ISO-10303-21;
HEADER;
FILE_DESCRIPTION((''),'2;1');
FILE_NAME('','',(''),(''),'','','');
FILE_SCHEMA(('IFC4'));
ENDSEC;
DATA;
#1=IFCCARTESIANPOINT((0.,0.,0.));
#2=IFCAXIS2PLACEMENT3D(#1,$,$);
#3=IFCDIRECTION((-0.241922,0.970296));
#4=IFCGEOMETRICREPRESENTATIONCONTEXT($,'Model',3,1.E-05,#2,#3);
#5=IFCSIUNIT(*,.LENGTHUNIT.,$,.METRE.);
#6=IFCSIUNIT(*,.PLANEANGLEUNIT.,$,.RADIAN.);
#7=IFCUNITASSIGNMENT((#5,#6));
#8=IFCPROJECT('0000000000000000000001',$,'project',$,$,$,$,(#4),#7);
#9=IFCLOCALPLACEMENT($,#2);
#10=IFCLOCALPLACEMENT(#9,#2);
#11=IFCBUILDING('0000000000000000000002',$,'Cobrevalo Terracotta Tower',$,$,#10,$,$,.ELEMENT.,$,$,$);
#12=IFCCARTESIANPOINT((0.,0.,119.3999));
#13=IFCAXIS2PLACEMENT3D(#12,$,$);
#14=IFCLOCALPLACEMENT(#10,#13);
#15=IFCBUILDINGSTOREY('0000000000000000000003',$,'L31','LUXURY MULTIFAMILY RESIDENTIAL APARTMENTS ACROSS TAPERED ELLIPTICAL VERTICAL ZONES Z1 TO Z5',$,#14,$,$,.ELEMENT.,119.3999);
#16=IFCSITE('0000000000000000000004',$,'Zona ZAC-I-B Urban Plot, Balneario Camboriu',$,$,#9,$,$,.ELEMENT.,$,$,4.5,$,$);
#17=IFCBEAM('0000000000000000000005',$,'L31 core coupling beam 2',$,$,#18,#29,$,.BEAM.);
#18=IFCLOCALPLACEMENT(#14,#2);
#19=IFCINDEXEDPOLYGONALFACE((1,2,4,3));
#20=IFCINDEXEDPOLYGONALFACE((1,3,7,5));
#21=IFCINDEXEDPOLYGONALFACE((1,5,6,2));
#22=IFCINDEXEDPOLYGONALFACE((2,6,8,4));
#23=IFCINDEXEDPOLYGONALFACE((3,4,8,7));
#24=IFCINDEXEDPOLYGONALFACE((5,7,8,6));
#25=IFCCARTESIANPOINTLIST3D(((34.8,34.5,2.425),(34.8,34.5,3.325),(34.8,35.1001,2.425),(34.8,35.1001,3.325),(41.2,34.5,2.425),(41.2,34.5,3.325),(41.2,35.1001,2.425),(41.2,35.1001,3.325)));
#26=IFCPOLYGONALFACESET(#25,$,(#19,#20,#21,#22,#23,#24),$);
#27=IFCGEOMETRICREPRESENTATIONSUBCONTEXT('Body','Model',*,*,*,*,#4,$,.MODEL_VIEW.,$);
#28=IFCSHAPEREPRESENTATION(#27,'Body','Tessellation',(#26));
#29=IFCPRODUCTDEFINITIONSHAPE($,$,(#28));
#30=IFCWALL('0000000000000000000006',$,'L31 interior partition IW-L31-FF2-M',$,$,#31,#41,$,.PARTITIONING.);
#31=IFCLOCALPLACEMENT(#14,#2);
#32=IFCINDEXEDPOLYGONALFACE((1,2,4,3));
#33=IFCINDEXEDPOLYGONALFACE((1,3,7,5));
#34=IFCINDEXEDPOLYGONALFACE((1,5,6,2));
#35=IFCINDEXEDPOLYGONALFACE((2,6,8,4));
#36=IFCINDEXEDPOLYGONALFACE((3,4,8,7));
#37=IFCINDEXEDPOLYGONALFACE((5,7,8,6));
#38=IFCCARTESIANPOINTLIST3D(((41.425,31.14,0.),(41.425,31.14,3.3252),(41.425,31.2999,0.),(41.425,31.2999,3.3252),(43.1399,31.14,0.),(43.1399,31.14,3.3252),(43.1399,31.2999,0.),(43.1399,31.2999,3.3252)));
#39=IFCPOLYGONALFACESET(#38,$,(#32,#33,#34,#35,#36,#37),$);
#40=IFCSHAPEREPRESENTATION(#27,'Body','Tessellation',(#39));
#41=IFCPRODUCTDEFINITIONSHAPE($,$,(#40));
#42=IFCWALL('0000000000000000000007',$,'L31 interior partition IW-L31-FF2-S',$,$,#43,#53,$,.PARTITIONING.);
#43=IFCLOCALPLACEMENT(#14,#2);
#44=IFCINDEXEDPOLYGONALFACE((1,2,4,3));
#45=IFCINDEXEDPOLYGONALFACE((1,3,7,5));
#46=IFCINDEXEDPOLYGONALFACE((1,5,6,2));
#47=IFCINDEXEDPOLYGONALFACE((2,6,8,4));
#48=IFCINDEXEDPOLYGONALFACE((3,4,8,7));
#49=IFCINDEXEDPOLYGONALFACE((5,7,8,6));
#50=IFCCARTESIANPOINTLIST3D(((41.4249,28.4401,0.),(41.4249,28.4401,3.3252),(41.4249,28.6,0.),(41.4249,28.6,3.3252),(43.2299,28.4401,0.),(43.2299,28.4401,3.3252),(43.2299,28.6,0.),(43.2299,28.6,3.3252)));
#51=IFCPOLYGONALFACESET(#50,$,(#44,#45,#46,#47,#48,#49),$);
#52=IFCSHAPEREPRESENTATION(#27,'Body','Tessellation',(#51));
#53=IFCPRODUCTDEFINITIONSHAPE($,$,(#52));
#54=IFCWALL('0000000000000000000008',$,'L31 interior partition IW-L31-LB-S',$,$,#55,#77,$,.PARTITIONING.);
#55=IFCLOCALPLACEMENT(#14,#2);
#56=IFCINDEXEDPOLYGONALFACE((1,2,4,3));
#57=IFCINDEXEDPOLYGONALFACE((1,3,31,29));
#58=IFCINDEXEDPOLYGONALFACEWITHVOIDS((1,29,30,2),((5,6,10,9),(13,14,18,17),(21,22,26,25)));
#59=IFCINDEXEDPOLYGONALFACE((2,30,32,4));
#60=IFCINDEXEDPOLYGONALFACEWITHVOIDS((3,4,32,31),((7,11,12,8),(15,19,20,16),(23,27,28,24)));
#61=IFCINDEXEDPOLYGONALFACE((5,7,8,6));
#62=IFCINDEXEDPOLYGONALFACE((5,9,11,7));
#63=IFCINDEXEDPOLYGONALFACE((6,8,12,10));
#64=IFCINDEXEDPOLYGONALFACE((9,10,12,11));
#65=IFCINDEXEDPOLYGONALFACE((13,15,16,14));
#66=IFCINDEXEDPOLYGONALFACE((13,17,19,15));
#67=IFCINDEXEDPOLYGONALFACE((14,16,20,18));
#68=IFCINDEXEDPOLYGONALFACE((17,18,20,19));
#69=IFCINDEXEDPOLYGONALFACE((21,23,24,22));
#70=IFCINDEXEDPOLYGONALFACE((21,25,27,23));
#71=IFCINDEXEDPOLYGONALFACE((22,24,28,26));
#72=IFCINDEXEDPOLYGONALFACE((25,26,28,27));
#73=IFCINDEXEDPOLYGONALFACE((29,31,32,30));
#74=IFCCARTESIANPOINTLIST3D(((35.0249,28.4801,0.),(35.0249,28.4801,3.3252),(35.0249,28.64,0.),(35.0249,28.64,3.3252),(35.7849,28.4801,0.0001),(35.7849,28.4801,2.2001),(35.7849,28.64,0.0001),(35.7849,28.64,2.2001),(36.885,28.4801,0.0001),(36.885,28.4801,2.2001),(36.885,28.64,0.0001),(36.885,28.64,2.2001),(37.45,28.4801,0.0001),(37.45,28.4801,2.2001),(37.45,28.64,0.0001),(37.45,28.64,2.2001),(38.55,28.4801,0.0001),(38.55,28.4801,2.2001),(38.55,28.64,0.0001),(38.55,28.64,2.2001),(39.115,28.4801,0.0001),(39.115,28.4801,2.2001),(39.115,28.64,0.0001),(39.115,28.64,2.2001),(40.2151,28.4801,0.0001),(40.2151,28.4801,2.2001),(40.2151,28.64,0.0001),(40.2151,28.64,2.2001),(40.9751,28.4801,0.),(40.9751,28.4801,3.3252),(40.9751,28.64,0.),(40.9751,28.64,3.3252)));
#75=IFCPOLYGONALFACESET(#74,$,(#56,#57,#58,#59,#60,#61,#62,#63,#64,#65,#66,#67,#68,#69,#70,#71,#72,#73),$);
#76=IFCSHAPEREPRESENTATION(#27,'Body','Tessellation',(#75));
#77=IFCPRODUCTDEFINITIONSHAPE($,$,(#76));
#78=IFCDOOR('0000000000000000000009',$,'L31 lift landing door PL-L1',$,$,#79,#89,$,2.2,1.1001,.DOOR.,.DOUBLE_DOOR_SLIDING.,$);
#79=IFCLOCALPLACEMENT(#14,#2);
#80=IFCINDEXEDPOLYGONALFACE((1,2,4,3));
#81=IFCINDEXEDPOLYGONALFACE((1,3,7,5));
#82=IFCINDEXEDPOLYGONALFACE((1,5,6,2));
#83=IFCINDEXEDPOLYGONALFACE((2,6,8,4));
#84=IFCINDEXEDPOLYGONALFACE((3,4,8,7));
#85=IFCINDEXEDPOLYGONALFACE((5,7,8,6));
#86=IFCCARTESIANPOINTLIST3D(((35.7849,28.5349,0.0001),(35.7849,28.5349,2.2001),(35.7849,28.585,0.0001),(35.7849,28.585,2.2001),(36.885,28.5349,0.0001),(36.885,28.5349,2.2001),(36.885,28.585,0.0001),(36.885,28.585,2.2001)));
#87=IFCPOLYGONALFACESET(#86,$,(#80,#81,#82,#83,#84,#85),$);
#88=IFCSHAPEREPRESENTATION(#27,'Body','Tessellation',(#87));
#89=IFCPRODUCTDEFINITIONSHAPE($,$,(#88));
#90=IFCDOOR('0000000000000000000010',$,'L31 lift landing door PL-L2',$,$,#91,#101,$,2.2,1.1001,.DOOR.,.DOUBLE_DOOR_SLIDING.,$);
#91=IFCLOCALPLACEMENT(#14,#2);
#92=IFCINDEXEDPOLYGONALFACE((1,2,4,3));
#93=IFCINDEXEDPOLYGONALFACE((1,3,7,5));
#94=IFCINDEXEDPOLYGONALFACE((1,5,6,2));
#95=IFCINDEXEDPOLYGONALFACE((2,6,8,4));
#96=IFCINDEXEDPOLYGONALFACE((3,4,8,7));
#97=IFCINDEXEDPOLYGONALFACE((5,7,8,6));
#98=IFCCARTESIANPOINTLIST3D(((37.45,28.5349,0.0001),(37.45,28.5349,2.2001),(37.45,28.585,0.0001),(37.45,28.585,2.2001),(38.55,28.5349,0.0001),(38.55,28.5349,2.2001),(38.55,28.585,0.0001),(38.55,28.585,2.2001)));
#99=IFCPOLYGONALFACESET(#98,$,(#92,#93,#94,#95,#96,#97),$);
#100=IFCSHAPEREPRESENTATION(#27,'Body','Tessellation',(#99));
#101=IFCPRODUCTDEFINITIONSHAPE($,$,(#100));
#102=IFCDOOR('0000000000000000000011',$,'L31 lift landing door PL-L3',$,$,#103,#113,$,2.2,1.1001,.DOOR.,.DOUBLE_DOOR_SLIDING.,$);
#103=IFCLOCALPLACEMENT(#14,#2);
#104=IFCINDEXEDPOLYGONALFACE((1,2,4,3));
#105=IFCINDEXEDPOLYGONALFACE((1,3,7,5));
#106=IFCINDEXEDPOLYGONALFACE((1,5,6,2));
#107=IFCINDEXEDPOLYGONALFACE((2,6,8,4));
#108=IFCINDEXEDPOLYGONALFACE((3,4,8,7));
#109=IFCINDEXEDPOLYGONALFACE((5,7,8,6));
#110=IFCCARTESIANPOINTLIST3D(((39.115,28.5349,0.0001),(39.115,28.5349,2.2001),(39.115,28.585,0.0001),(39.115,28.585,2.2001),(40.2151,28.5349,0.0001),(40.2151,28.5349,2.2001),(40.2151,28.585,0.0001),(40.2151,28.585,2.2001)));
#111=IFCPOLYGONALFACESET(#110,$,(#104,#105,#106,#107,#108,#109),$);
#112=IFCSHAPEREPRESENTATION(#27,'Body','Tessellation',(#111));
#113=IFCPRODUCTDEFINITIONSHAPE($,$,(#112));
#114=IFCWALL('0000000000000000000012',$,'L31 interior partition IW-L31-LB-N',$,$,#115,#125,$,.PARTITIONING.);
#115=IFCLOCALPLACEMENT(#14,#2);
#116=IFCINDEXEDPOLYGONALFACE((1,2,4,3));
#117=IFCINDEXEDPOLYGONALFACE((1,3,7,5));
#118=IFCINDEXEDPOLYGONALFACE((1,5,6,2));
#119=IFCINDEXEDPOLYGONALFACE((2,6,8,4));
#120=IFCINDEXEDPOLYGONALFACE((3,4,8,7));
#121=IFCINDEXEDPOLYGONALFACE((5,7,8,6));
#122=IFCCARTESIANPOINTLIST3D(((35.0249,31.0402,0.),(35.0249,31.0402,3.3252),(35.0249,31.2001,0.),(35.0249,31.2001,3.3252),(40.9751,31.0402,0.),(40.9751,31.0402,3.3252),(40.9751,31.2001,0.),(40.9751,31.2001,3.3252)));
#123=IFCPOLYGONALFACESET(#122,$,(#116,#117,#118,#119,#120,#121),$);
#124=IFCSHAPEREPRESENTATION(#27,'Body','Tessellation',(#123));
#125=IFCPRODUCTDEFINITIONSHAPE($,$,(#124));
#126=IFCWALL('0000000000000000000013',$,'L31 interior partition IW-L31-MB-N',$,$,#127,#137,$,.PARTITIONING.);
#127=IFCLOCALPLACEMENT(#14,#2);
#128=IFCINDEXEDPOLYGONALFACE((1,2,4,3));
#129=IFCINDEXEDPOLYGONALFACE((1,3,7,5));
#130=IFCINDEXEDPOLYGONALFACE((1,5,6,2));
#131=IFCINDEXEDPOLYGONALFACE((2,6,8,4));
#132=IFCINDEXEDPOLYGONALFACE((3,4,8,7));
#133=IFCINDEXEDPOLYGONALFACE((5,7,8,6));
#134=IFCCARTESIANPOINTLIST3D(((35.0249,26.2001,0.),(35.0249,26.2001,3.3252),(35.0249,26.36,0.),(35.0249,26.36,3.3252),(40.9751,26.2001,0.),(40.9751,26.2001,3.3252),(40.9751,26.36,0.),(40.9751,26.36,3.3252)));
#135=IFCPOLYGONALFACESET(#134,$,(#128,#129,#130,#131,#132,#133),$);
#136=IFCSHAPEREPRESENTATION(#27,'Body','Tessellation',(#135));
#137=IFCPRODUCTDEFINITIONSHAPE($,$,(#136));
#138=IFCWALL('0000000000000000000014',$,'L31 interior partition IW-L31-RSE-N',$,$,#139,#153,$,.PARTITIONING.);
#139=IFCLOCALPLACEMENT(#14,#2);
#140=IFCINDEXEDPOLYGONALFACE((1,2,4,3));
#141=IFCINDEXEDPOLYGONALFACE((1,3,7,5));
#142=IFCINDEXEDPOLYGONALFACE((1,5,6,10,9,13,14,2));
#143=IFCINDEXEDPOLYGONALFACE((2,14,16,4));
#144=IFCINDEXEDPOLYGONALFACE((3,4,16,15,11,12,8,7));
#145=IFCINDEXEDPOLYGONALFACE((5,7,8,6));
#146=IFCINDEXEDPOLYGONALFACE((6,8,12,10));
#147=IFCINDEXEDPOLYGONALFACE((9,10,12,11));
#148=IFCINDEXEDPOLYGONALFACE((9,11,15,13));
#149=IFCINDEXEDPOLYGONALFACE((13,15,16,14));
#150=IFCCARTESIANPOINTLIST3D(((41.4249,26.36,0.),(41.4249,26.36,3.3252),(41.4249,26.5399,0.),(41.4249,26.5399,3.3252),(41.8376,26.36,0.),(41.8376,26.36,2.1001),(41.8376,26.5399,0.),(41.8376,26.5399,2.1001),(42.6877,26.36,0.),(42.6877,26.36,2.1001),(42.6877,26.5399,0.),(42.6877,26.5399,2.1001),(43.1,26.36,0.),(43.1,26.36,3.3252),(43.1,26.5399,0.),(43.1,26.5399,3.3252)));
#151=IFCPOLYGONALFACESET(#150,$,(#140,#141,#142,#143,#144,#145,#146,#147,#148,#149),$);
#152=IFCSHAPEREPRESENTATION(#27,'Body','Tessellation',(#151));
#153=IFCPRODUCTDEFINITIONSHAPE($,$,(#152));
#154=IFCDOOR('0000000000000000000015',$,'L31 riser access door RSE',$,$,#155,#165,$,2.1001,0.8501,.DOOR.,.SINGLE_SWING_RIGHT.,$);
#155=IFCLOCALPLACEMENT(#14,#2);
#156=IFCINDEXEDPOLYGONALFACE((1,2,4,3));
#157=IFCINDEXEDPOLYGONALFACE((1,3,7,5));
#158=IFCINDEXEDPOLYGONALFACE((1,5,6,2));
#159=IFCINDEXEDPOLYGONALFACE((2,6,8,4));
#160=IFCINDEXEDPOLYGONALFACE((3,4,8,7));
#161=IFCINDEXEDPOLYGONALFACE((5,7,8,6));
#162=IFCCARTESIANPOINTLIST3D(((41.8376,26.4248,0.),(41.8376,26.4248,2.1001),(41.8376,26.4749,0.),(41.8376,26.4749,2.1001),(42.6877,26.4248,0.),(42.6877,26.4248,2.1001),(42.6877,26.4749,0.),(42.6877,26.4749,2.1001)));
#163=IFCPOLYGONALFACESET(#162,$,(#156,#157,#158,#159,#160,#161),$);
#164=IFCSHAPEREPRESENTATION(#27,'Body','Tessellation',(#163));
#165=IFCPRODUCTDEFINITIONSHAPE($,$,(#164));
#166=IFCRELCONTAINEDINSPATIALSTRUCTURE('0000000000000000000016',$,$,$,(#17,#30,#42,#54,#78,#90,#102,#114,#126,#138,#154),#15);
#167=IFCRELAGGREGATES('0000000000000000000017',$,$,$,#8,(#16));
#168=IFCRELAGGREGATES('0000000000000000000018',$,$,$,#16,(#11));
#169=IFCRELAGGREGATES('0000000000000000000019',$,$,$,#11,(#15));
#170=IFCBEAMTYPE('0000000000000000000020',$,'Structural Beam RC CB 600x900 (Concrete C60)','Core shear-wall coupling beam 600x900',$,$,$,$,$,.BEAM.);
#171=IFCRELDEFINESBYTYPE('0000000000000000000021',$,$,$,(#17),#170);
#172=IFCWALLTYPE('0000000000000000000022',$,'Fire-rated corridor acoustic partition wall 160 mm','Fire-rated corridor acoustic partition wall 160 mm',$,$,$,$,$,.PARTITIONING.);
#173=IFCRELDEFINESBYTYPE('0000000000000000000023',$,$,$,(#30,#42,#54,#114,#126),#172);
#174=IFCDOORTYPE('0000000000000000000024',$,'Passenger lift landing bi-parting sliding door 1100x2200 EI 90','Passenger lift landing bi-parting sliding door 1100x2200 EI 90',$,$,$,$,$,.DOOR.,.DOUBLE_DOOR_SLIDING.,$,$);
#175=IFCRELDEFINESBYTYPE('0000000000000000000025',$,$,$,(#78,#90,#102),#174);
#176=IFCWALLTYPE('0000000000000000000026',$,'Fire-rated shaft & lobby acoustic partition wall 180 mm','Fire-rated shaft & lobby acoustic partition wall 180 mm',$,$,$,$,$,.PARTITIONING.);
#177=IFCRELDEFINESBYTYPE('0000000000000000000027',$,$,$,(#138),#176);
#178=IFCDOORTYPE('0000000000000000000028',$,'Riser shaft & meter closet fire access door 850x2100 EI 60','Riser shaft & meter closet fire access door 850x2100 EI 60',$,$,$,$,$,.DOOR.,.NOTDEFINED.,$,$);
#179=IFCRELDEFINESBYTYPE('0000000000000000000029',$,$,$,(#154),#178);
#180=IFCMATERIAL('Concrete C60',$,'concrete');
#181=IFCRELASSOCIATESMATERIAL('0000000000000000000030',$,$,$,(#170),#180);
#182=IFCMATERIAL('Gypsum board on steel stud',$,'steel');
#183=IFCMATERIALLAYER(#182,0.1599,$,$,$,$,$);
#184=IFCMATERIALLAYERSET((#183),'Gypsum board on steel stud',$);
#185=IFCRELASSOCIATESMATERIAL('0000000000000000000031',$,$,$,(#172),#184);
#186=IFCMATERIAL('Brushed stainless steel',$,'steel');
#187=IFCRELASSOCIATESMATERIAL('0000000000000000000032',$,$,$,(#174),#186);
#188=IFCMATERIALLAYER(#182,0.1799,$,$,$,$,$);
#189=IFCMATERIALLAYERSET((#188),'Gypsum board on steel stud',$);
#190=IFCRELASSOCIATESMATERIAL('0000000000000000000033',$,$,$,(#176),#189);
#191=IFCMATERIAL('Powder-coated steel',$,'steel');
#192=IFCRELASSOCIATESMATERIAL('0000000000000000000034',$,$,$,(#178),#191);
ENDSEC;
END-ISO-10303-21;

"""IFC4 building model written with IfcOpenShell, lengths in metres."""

from ifc_helpers import new_model, si_unit, direction, frame, frame_2d, origin, origin_2d, place, context, subcontext, project, spatial, rectangle, extrude, source, transform, mapped, material, layer, layer_set, material_profile, profile_set, type_object, element, fill, save


model = new_model("IFC4")

# Units and contexts
model_context = context("Model", 3, precision=1e-05, world=origin(), true_north=direction((-0.241922, 0.970296)))
body_context = subcontext(model_context, "Body", "Model", "MODEL_VIEW")
ifc_project = project(units=[si_unit("LENGTHUNIT", "METRE"), si_unit("PLANEANGLEUNIT", "RADIAN")], contexts=[model_context])

# Site, building, storey
site_placement = place(None, origin())
site = spatial("IfcSite", under=ifc_project, at=site_placement, Name="Zona ZAC-I-B Urban Plot, Balneario Camboriu", CompositionType="ELEMENT", RefElevation=4.5)
building_placement = place(site_placement, origin())
building = spatial("IfcBuilding", under=site, at=building_placement, Name="Cobrevalo Terracotta Tower", CompositionType="ELEMENT")
storey_placement = place(building_placement, frame((0.0, 0.0, 119.3999)))
storey = spatial("IfcBuildingStorey", under=building, at=storey_placement, Name="L31", Description="LUXURY MULTIFAMILY RESIDENTIAL APARTMENTS ACROSS TAPERED ELLIPTICAL VERTICAL ZONES Z1 TO Z5", CompositionType="ELEMENT", Elevation=119.3999)

# Beam
ifc_material_1 = material(Name="Concrete C60", Category="concrete")
ifc_material_profile = material_profile(ifc_material_1, rectangle(XDim=0.6001, YDim=0.8999, at=origin_2d()), Name="RC CB 600x900")
ifc_profile_set = profile_set([ifc_material_profile], Name="Concrete C60")
beam_type = type_object("IfcBeamType", Name="Structural Beam RC CB 600x900 (Concrete C60)", Description="Core shear-wall coupling beam 600x900", PredefinedType="BEAM", material=ifc_profile_set)
beam_placement = place(storey_placement, frame((34.8, 34.8, 2.875), z_axis=(1.0, 0.0, 0.0), x_axis=(0.0, 1.0, 0.0)))
element("IfcBeam", 1, at=beam_placement, inside=storey, type_object=beam_type, Name="L31 core coupling beam 2", PredefinedType="BEAM", context=body_context, shape_type="SweptSolid", body=[
    extrude(rectangle(XDim=0.6001, YDim=0.8999, at=origin_2d()), origin(), (0.0, 0.0, 1.0), 6.3999),
])

# Walls
ifc_material_2 = material(Name="Gypsum board on steel stud", Category="steel")
ifc_layer_1 = layer(ifc_material_2, 0.1599)
ifc_layer_set_1 = layer_set([ifc_layer_1], Name="Gypsum board on steel stud")
wall_type_1 = type_object("IfcWallType", Name="Fire-rated corridor acoustic partition wall 160 mm", Description="Fire-rated corridor acoustic partition wall 160 mm", PredefinedType="PARTITIONING", material=ifc_layer_set_1)
wall_1_placement = place(storey_placement, frame((41.425, 31.22, 0.0), z_axis=(0.0, 0.0, 1.0), x_axis=(1.0, 0.0, 0.0)))
element("IfcWall", 2, at=wall_1_placement, inside=storey, type_object=wall_type_1, Name="L31 interior partition IW-L31-FF2-M", PredefinedType="PARTITIONING", context=body_context, shape_type="SweptSolid", body=[
    extrude(rectangle(XDim=1.7148, YDim=0.1599, at=frame_2d((0.8574, 0.0))), origin(), (0.0, 0.0, 1.0), 3.3252),
])
wall_2_placement = place(storey_placement, frame((41.425, 28.52, 0.0), z_axis=(0.0, 0.0, 1.0), x_axis=(1.0, 0.0, 0.0)))
element("IfcWall", 3, at=wall_2_placement, inside=storey, type_object=wall_type_1, Name="L31 interior partition IW-L31-FF2-S", PredefinedType="PARTITIONING", context=body_context, shape_type="SweptSolid", body=[
    extrude(rectangle(XDim=1.8049, YDim=0.1599, at=frame_2d((0.9023, 0.0))), origin(), (0.0, 0.0, 1.0), 3.3252),
])

# Wall, openings, doors
wall_3_placement = place(storey_placement, frame((35.0249, 28.5601, 0.0), z_axis=(0.0, 0.0, 1.0), x_axis=(1.0, 0.0, 0.0)))
wall_3 = element("IfcWall", 4, at=wall_3_placement, inside=storey, type_object=wall_type_1, Name="L31 interior partition IW-L31-LB-S", PredefinedType="PARTITIONING", context=body_context, shape_type="SweptSolid", body=[
    extrude(rectangle(XDim=5.9502, YDim=0.1599, at=frame_2d((2.9751, 0.0))), origin(), (0.0, 0.0, 1.0), 3.3252),
])
opening_1_placement = place(wall_3_placement, frame((0.76, 0.0, 0.0)))
opening_1 = element("IfcOpeningElement", 5, at=opening_1_placement, cuts=wall_3, PredefinedType="OPENING", context=body_context, shape_type="SweptSolid", body=[
    extrude(rectangle(XDim=1.1001, YDim=2.2, at=frame_2d((0.55, 1.1001))), frame((0.0, 0.0898, 0.0), z_axis=(0.0, -1.0, 0.0), x_axis=(1.0, 0.0, 0.0)), (0.0, 0.0, 1.0), 0.1799),
])
opening_2_placement = place(wall_3_placement, frame((2.425, 0.0, 0.0)))
opening_2 = element("IfcOpeningElement", 6, at=opening_2_placement, cuts=wall_3, PredefinedType="OPENING", context=body_context, shape_type="SweptSolid", body=[
    extrude(rectangle(XDim=1.1001, YDim=2.2, at=frame_2d((0.55, 1.1001))), frame((0.0, 0.0898, 0.0), z_axis=(0.0, -1.0, 0.0), x_axis=(1.0, 0.0, 0.0)), (0.0, 0.0, 1.0), 0.1799),
])
opening_3_placement = place(wall_3_placement, frame((4.0901, 0.0, 0.0)))
opening_3 = element("IfcOpeningElement", 7, at=opening_3_placement, cuts=wall_3, PredefinedType="OPENING", context=body_context, shape_type="SweptSolid", body=[
    extrude(rectangle(XDim=1.1001, YDim=2.2, at=frame_2d((0.55, 1.1001))), frame((0.0, 0.0898, 0.0), z_axis=(0.0, -1.0, 0.0), x_axis=(1.0, 0.0, 0.0)), (0.0, 0.0, 1.0), 0.1799),
])
ifc_material_3 = material(Name="Brushed stainless steel", Category="steel")
door_type_1 = type_object("IfcDoorType", Name="Passenger lift landing bi-parting sliding door 1100x2200 EI 90", Description="Passenger lift landing bi-parting sliding door 1100x2200 EI 90", OperationType="DOUBLE_DOOR_SLIDING", PredefinedType="DOOR", material=ifc_material_3)
shared_shape_1 = source(origin(), body_context, "Body", "SweptSolid", [
    extrude(rectangle(XDim=1.1001, YDim=2.2, at=frame_2d((0.55, 1.1001))), frame((0.0, 0.0249, 0.0), z_axis=(0.0, -1.0, 0.0), x_axis=(1.0, 0.0, 0.0)), (0.0, 0.0, 1.0), 0.05),
])
door_1_placement = place(opening_1_placement, origin())
door_1 = element("IfcDoor", 8, at=door_1_placement, inside=storey, type_object=door_type_1, Name="L31 lift landing door PL-L1", OperationType="DOUBLE_DOOR_SLIDING", OverallHeight=2.2, OverallWidth=1.1001, PredefinedType="DOOR", context=body_context, shape_type="MappedRepresentation", body=[
    mapped(shared_shape_1, transform((0.0, 0.0, 0.0), scale=1.0)),
])
fill(opening_1, door_1)
door_2_placement = place(opening_2_placement, origin())
door_2 = element("IfcDoor", 9, at=door_2_placement, inside=storey, type_object=door_type_1, Name="L31 lift landing door PL-L2", OperationType="DOUBLE_DOOR_SLIDING", OverallHeight=2.2, OverallWidth=1.1001, PredefinedType="DOOR", context=body_context, shape_type="MappedRepresentation", body=[
    mapped(shared_shape_1, transform((0.0, 0.0, 0.0), scale=1.0)),
])
fill(opening_2, door_2)
door_3_placement = place(opening_3_placement, origin())
door_3 = element("IfcDoor", 10, at=door_3_placement, inside=storey, type_object=door_type_1, Name="L31 lift landing door PL-L3", OperationType="DOUBLE_DOOR_SLIDING", OverallHeight=2.2, OverallWidth=1.1001, PredefinedType="DOOR", context=body_context, shape_type="MappedRepresentation", body=[
    mapped(shared_shape_1, transform((0.0, 0.0, 0.0), scale=1.0)),
])
fill(opening_3, door_3)

# Walls
for number, where, z_axis, x_axis, name in (
    (11, (35.0249, 31.1201, 0.0), (0.0, 0.0, 1.0), (1.0, 0.0, 0.0), "L31 interior partition IW-L31-LB-N"),
    (12, (35.0249, 26.28, 0.0), (0.0, 0.0, 1.0), (1.0, 0.0, 0.0), "L31 interior partition IW-L31-MB-N"),
):
    element("IfcWall", number, at=place(storey_placement, frame(where, z_axis=z_axis, x_axis=x_axis)), inside=storey, type_object=wall_type_1, Name=name, PredefinedType="PARTITIONING", context=body_context, shape_type="SweptSolid", body=[
        extrude(rectangle(XDim=5.9502, YDim=0.1599, at=frame_2d((2.9751, 0.0))), origin(), (0.0, 0.0, 1.0), 3.3252),
    ])

# Wall, opening, door
ifc_layer_2 = layer(ifc_material_2, 0.1799)
ifc_layer_set_2 = layer_set([ifc_layer_2], Name="Gypsum board on steel stud")
wall_type_2 = type_object("IfcWallType", Name="Fire-rated shaft & lobby acoustic partition wall 180 mm", Description="Fire-rated shaft & lobby acoustic partition wall 180 mm", PredefinedType="PARTITIONING", material=ifc_layer_set_2)
wall_4_placement = place(storey_placement, frame((41.425, 26.45, 0.0), z_axis=(0.0, 0.0, 1.0), x_axis=(1.0, 0.0, 0.0)))
wall_4 = element("IfcWall", 13, at=wall_4_placement, inside=storey, type_object=wall_type_2, Name="L31 interior partition IW-L31-RSE-N", PredefinedType="PARTITIONING", context=body_context, shape_type="SweptSolid", body=[
    extrude(rectangle(XDim=1.675, YDim=0.1799, at=frame_2d((0.8374, 0.0))), origin(), (0.0, 0.0, 1.0), 3.3252),
])
opening_4_placement = place(wall_4_placement, frame((0.4126, 0.0, 0.0)))
opening_4 = element("IfcOpeningElement", 14, at=opening_4_placement, cuts=wall_4, PredefinedType="OPENING", context=body_context, shape_type="SweptSolid", body=[
    extrude(rectangle(XDim=0.8501, YDim=2.1001, at=frame_2d((0.425, 1.05))), frame((0.0, 0.1001, 0.0), z_axis=(0.0, -1.0, 0.0), x_axis=(1.0, 0.0, 0.0)), (0.0, 0.0, 1.0), 0.2),
])
ifc_material_4 = material(Name="Powder-coated steel", Category="steel")
door_type_2 = type_object("IfcDoorType", Name="Riser shaft & meter closet fire access door 850x2100 EI 60", Description="Riser shaft & meter closet fire access door 850x2100 EI 60", OperationType="NOTDEFINED", PredefinedType="DOOR", material=ifc_material_4)
shared_shape_2 = source(origin(), body_context, "Body", "SweptSolid", [
    extrude(rectangle(XDim=0.8501, YDim=2.1001, at=frame_2d((0.425, 1.05))), frame((0.0, 0.0249, 0.0), z_axis=(0.0, -1.0, 0.0), x_axis=(1.0, 0.0, 0.0)), (0.0, 0.0, 1.0), 0.05),
])
door_4_placement = place(opening_4_placement, origin())
door_4 = element("IfcDoor", 15, at=door_4_placement, inside=storey, type_object=door_type_2, Name="L31 riser access door RSE", OperationType="SINGLE_SWING_RIGHT", OverallHeight=2.1001, OverallWidth=0.8501, PredefinedType="DOOR", context=body_context, shape_type="MappedRepresentation", body=[
    mapped(shared_shape_2, transform((0.0, 0.0, 0.0), scale=1.0)),
])
fill(opening_4, door_4)

save(model, "model.ifc")
